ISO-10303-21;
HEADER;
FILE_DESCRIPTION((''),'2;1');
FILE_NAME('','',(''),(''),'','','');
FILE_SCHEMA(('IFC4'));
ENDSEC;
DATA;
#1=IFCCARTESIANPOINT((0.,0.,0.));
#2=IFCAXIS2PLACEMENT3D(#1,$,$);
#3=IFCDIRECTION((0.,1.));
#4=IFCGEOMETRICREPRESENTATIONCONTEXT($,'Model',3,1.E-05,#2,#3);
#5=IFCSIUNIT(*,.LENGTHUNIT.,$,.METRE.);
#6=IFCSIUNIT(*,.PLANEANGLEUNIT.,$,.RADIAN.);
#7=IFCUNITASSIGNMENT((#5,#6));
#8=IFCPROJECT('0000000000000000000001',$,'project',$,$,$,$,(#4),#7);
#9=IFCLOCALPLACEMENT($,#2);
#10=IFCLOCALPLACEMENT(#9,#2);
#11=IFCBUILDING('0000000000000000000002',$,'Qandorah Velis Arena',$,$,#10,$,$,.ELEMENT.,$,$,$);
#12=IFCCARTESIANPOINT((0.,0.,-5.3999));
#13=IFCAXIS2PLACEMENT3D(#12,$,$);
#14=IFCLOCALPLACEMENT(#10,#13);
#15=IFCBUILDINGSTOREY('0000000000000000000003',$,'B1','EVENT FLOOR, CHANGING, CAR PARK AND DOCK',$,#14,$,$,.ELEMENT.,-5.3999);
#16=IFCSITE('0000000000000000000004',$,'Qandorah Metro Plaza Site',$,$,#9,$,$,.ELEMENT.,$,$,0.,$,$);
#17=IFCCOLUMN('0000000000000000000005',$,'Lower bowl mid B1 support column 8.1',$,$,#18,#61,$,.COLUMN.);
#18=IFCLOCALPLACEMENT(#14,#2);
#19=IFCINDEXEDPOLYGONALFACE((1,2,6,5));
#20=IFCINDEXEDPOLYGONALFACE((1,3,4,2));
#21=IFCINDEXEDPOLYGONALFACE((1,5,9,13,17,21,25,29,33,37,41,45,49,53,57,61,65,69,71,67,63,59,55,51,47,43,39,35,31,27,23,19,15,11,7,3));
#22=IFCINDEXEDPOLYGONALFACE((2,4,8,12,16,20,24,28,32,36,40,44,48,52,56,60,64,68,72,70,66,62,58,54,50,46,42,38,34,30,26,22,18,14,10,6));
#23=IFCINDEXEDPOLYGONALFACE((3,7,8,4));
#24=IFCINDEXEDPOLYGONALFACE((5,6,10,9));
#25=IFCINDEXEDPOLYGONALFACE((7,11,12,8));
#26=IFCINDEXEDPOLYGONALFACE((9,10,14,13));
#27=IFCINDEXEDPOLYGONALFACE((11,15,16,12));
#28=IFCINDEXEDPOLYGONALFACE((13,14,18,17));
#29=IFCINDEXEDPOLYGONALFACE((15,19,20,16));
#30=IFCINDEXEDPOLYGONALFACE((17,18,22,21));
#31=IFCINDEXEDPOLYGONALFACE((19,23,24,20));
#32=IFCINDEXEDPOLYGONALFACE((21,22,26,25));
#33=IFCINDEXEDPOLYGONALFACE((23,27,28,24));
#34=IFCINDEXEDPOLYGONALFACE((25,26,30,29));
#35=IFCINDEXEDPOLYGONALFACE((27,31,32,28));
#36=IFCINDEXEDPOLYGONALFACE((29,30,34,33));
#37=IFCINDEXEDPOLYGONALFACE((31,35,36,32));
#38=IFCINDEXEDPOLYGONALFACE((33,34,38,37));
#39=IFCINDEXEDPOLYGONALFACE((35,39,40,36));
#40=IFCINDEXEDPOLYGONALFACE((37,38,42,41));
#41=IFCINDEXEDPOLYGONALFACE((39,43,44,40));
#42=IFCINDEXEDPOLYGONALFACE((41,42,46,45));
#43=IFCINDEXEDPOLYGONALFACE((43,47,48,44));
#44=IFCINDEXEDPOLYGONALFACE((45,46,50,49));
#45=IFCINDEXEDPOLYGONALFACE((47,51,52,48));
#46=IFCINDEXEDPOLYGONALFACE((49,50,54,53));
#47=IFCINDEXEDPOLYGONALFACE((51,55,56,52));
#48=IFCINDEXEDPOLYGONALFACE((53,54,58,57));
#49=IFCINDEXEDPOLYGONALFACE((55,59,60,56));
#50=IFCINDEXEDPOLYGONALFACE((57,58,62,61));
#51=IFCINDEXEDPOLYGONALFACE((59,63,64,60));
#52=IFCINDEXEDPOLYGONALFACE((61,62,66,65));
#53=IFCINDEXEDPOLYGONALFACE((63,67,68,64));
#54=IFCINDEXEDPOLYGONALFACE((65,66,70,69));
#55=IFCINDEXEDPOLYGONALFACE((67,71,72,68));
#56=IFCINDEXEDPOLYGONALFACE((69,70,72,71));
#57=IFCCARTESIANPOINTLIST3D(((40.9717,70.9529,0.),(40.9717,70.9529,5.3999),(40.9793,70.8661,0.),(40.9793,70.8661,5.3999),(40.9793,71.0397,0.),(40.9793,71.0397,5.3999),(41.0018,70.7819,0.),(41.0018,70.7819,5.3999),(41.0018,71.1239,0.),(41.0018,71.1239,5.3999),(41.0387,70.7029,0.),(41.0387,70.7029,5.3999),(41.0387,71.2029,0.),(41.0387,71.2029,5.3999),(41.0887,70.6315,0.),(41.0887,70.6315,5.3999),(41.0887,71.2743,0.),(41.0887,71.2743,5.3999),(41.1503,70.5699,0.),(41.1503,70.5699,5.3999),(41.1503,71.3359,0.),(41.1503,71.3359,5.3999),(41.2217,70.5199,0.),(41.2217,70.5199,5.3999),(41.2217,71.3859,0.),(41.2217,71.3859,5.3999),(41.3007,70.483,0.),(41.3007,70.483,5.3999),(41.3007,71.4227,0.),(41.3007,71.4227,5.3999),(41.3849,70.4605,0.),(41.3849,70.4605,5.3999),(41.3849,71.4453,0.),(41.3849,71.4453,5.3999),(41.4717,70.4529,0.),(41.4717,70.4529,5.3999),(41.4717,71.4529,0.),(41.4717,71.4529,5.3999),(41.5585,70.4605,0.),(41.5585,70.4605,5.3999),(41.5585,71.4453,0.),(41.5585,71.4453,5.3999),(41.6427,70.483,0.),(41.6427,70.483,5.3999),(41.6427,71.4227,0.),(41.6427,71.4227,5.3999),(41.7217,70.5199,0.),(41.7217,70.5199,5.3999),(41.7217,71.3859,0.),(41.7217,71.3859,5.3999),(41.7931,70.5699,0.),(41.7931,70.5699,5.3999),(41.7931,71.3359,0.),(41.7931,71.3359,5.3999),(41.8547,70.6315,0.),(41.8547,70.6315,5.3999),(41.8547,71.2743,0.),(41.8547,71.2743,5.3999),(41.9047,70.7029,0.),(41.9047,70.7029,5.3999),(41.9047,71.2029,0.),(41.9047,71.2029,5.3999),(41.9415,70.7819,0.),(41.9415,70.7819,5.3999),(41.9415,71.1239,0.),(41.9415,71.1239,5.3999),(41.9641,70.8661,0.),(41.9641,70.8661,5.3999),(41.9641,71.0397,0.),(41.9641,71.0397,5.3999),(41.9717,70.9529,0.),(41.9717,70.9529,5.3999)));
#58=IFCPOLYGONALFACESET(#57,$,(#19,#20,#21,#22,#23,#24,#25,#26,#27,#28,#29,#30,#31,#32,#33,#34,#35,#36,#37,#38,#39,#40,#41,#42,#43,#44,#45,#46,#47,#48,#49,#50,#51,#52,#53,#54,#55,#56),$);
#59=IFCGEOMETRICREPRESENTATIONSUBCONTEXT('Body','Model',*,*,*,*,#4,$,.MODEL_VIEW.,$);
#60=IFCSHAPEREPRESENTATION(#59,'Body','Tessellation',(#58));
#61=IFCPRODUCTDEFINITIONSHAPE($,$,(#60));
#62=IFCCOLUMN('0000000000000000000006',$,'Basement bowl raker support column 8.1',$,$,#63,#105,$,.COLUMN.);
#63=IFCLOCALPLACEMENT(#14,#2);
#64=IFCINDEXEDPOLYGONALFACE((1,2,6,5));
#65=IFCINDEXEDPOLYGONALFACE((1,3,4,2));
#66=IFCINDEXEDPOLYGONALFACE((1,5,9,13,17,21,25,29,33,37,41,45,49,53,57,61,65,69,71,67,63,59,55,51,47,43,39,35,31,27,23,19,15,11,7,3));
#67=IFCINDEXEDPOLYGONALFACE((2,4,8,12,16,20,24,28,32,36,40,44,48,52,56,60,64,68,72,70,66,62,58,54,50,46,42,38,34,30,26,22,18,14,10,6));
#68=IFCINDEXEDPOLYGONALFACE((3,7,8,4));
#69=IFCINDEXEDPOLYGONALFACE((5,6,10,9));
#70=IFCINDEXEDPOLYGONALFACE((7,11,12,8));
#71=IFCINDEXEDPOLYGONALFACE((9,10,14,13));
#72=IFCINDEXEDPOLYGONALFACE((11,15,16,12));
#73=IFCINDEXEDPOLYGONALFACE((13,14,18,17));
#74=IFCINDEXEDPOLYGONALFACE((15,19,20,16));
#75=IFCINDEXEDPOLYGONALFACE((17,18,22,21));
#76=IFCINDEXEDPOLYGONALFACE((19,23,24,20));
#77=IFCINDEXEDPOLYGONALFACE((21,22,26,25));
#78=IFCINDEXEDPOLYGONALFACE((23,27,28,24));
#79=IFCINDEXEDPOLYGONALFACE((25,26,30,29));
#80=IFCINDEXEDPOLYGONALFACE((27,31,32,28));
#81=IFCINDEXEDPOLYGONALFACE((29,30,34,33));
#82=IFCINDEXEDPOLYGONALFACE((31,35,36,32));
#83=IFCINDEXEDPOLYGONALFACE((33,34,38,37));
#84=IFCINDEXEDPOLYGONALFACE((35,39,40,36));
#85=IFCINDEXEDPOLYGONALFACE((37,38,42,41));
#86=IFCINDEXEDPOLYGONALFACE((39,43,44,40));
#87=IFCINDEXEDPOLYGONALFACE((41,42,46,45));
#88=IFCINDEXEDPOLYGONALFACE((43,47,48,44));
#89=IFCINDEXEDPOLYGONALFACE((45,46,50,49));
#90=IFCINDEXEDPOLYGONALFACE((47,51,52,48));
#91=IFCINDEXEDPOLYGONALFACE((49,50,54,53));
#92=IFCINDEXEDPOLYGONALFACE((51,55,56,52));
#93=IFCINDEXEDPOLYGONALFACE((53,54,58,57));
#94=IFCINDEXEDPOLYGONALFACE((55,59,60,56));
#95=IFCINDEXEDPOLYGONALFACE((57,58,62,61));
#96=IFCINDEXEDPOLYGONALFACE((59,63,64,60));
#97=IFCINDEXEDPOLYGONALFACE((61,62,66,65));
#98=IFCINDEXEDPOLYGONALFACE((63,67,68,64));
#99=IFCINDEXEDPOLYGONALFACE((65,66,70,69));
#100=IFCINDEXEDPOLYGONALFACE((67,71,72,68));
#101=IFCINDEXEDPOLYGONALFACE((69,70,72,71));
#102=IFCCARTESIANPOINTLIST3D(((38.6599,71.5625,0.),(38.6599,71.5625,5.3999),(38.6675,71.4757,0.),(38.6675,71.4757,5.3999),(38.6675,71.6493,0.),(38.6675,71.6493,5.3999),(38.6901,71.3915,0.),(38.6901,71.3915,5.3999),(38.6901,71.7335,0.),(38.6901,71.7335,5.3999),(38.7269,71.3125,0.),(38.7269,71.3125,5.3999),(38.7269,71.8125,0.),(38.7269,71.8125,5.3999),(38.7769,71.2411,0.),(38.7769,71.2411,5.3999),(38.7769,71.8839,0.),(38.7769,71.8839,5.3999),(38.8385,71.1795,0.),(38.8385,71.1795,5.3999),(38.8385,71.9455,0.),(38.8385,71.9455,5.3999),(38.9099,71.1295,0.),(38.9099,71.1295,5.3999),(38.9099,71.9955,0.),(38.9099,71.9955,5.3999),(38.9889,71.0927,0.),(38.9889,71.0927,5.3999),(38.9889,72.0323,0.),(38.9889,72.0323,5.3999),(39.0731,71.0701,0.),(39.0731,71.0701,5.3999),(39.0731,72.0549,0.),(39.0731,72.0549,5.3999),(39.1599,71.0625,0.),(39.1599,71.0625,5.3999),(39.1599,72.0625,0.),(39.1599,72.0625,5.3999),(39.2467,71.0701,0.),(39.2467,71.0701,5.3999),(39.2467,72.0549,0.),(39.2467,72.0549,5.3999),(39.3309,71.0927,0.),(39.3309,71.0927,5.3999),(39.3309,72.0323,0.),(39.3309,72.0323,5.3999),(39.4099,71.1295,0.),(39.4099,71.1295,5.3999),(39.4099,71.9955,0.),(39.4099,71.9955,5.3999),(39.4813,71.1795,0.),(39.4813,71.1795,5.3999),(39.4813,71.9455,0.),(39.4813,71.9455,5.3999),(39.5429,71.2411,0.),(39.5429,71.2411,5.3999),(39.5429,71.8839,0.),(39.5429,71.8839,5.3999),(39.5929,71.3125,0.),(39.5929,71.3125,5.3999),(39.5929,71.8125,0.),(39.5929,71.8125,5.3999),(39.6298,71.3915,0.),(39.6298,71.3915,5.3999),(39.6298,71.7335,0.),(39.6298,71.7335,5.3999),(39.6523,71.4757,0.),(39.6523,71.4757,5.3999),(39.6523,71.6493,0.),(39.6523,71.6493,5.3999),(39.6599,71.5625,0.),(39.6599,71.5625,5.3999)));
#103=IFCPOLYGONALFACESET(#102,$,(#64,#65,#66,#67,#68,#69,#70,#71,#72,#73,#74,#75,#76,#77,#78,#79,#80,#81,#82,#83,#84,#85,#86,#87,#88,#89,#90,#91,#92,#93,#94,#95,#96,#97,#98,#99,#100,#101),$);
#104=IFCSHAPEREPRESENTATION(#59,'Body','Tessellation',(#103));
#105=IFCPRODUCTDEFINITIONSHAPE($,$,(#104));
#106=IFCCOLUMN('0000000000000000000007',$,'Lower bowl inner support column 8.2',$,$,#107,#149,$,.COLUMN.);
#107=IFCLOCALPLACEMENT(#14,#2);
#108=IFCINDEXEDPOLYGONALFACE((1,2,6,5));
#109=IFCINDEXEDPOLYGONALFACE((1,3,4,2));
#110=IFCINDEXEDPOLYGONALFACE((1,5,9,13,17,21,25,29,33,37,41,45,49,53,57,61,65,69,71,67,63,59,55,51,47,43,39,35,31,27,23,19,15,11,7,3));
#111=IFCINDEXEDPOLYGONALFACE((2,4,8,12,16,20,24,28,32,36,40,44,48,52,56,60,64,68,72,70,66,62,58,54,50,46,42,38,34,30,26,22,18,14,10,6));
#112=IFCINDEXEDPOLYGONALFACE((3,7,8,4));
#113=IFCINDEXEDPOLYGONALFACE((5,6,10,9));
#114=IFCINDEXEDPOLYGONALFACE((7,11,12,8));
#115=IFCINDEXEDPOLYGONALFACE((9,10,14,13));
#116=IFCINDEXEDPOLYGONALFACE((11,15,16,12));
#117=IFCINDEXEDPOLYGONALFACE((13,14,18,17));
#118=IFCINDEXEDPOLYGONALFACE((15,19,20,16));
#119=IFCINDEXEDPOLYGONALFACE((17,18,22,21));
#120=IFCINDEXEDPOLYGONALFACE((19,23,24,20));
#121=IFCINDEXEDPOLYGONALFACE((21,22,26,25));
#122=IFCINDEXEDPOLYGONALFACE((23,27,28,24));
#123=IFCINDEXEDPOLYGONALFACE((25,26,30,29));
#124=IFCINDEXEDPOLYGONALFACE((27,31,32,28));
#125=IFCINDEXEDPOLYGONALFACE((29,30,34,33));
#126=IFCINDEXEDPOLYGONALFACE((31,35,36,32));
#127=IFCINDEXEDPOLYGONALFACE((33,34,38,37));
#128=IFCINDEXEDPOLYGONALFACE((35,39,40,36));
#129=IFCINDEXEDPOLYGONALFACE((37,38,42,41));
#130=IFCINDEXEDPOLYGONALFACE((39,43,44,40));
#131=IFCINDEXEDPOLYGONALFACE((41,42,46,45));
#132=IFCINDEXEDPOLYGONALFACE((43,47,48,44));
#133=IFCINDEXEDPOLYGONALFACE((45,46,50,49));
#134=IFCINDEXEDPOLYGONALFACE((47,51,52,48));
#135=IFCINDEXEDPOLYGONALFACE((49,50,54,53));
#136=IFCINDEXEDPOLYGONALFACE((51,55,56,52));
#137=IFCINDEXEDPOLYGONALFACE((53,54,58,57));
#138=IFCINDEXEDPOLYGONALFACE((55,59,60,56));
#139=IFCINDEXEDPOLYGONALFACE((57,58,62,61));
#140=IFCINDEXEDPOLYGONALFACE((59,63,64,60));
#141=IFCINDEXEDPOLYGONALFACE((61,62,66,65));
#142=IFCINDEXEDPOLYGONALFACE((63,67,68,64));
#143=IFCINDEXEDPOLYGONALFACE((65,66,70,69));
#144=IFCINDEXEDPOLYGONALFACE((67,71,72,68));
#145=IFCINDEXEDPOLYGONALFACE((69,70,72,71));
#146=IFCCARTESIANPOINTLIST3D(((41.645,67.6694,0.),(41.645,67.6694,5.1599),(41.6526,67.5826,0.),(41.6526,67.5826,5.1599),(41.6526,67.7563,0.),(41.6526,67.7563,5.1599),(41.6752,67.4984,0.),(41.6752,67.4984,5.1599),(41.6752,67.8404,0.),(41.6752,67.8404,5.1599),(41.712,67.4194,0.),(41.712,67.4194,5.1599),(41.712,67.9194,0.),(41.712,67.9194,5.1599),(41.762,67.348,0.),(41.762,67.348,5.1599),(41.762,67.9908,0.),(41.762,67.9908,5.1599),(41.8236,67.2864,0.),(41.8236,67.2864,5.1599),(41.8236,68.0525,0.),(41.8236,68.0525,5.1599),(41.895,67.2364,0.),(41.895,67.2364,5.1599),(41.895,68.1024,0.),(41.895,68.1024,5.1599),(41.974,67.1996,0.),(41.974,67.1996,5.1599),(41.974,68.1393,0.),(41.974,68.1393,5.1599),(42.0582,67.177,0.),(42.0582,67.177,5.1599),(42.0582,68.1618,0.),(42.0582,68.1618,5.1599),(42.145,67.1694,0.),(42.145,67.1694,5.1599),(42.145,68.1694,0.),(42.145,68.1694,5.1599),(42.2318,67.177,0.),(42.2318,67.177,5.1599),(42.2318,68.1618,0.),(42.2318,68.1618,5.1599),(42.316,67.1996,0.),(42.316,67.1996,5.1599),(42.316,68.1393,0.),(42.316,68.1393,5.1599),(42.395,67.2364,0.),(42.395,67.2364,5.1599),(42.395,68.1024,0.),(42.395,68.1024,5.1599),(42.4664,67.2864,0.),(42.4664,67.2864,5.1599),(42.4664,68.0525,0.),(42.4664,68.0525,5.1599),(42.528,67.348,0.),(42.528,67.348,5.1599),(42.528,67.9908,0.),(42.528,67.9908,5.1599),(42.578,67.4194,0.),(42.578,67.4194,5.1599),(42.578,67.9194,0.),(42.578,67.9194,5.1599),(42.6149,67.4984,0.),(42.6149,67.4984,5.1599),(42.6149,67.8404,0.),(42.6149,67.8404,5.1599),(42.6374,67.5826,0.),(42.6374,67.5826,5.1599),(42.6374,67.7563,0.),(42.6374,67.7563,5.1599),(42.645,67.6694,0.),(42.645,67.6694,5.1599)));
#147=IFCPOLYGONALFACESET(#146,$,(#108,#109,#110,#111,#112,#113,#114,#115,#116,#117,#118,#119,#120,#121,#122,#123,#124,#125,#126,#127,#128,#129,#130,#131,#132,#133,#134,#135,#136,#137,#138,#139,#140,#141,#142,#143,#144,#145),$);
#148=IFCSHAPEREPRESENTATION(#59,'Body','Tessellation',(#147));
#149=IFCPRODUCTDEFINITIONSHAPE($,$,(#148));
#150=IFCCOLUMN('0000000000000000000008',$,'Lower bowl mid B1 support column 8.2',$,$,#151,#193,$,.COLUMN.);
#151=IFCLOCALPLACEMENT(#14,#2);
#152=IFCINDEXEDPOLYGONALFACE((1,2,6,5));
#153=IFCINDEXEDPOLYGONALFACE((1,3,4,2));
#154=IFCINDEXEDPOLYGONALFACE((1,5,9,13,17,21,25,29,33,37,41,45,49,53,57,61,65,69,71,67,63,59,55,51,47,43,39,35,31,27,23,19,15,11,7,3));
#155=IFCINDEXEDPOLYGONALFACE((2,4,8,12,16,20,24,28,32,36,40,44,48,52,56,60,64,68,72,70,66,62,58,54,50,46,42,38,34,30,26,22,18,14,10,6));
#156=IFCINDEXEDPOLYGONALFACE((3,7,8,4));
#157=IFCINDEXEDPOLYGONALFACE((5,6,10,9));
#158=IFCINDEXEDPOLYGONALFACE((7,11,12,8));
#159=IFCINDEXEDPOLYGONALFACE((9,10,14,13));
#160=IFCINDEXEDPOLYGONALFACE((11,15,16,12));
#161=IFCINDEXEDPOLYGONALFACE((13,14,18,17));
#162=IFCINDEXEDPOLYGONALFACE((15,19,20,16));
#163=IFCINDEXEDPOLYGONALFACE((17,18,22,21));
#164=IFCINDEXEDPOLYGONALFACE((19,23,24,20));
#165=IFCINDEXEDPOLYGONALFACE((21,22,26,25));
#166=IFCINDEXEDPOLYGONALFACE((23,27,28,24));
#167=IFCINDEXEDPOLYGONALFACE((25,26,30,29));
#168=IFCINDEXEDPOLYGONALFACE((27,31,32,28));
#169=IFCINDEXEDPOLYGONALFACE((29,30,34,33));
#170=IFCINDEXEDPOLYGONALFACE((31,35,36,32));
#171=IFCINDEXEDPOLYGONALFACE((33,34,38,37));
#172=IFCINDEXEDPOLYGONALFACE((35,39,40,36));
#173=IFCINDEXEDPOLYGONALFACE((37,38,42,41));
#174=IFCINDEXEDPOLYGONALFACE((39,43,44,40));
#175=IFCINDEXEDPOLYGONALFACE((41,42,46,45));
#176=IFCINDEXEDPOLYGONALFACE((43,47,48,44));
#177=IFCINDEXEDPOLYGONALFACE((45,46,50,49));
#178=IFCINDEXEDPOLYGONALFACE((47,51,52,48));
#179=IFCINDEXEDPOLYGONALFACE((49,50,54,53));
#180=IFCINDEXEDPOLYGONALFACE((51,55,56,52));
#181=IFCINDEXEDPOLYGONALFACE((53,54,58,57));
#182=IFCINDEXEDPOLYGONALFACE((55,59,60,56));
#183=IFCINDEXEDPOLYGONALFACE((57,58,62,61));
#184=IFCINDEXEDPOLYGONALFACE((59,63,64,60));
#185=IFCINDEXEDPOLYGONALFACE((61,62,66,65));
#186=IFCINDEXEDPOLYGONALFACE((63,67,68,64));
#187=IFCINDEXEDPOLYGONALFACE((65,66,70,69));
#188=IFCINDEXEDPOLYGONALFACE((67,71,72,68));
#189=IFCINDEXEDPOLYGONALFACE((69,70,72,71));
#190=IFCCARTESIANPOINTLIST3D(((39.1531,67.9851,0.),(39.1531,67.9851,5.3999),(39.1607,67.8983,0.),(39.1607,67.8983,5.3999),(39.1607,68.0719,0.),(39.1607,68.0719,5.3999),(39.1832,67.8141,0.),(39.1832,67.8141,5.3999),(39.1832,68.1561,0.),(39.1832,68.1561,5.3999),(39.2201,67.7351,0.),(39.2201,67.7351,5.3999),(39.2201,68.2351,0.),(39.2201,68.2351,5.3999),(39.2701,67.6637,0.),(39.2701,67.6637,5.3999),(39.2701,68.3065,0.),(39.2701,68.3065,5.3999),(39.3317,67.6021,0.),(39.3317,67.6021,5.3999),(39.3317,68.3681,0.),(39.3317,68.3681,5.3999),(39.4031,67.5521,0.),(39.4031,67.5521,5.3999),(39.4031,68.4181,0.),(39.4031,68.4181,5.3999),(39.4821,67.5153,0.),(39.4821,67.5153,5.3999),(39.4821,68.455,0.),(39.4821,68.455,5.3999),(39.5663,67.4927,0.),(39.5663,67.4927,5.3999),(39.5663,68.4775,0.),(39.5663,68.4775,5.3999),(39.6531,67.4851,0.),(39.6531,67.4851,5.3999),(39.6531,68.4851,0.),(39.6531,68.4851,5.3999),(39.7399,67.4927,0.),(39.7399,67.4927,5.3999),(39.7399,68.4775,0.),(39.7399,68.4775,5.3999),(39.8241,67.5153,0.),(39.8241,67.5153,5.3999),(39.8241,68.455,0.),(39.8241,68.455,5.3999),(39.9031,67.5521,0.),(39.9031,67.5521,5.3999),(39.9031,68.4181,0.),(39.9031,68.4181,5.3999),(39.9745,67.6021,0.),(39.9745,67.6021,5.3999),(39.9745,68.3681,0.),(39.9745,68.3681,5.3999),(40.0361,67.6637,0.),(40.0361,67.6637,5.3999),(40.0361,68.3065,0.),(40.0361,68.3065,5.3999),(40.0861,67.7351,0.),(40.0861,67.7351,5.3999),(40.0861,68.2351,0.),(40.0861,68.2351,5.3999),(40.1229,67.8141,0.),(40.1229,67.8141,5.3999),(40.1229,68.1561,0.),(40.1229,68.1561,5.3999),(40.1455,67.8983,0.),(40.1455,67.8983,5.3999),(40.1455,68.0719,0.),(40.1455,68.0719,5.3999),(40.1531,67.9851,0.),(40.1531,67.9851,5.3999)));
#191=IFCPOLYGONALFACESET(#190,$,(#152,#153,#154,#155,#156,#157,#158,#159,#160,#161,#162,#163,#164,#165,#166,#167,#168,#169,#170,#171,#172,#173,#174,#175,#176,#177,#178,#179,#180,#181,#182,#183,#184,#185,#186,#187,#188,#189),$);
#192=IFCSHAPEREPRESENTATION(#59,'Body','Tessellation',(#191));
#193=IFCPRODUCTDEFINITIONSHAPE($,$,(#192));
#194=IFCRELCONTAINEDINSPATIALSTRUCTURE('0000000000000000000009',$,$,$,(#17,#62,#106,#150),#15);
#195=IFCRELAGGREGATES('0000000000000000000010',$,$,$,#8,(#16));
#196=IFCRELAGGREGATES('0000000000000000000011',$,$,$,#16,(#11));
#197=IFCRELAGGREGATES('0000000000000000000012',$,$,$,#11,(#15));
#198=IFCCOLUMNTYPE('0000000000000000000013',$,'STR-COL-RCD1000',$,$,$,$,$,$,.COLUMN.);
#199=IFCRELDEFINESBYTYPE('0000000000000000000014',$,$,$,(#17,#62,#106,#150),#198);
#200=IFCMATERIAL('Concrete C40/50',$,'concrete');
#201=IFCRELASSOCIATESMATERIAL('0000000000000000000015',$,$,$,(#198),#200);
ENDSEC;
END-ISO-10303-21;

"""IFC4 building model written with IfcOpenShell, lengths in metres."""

from ifc_helpers import new_model, si_unit, direction, frame, origin, origin_2d, place, context, subcontext, project, spatial, circle, extrude, material, material_profile, profile_set, type_object, element, save


model = new_model("IFC4")

# Units and contexts
model_context = context("Model", 3, precision=1e-05, world=origin(), true_north=direction((0.0, 1.0)))
body_context = subcontext(model_context, "Body", "Model", "MODEL_VIEW")
ifc_project = project(units=[si_unit("LENGTHUNIT", "METRE"), si_unit("PLANEANGLEUNIT", "RADIAN")], contexts=[model_context])

# Site, building, storey
site_placement = place(None, origin())
site = spatial("IfcSite", under=ifc_project, at=site_placement, Name="Qandorah Metro Plaza Site", CompositionType="ELEMENT", RefElevation=0.0)
building_placement = place(site_placement, origin())
building = spatial("IfcBuilding", under=site, at=building_placement, Name="Qandorah Velis Arena", CompositionType="ELEMENT")
storey_placement = place(building_placement, frame((0.0, 0.0, -5.3999)))
storey = spatial("IfcBuildingStorey", under=building, at=storey_placement, Name="B1", Description="EVENT FLOOR, CHANGING, CAR PARK AND DOCK", CompositionType="ELEMENT", Elevation=-5.3999)

# Shared definitions
ifc_material = material(Name="Concrete C40/50", Category="concrete")

# Columns
ifc_material_profile_1 = material_profile(ifc_material, circle(Radius=0.5, at=origin_2d()), Name="RC D1000")
ifc_profile_set_1 = profile_set([ifc_material_profile_1], Name="Concrete C40/50")
column_type_1 = type_object("IfcColumnType", Name="STR-COL-RCD1000", PredefinedType="COLUMN", material=ifc_profile_set_1)
for number, where, z_axis, x_axis, name in (
    (1, (41.4717, 70.9529, 0.0), (0.0, 0.0, 1.0), (1.0, 0.0, 0.0), "Lower bowl mid B1 support column 8.1"),
    (2, (39.1599, 71.5625, 0.0), (0.0, 0.0, 1.0), (1.0, 0.0, 0.0), "Basement bowl raker support column 8.1"),
):
    element("IfcColumn", number, at=place(storey_placement, frame(where, z_axis=z_axis, x_axis=x_axis)), inside=storey, type_object=column_type_1, Name=name, PredefinedType="COLUMN", context=body_context, shape_type="SweptSolid", body=[
        extrude(circle(Radius=0.5, at=origin_2d()), origin(), (0.0, 0.0, 1.0), 5.3999),
    ])
column_1_placement = place(storey_placement, frame((42.145, 67.6694, 0.0), z_axis=(0.0, 0.0, 1.0), x_axis=(1.0, 0.0, 0.0)))
element("IfcColumn", 3, at=column_1_placement, inside=storey, type_object=column_type_1, Name="Lower bowl inner support column 8.2", PredefinedType="COLUMN", context=body_context, shape_type="SweptSolid", body=[
    extrude(circle(Radius=0.5, at=origin_2d()), origin(), (0.0, 0.0, 1.0), 5.1599),
])
for number, where, z_axis, x_axis, name in (
    (4, (39.6531, 67.9851, 0.0), (0.0, 0.0, 1.0), (1.0, 0.0, 0.0), "Lower bowl mid B1 support column 8.2"),
):
    element("IfcColumn", number, at=place(storey_placement, frame(where, z_axis=z_axis, x_axis=x_axis)), inside=storey, type_object=column_type_1, Name=name, PredefinedType="COLUMN", context=body_context, shape_type="SweptSolid", body=[
        extrude(circle(Radius=0.5, at=origin_2d()), origin(), (0.0, 0.0, 1.0), 5.3999),
    ])

save(model, "model.ifc")
